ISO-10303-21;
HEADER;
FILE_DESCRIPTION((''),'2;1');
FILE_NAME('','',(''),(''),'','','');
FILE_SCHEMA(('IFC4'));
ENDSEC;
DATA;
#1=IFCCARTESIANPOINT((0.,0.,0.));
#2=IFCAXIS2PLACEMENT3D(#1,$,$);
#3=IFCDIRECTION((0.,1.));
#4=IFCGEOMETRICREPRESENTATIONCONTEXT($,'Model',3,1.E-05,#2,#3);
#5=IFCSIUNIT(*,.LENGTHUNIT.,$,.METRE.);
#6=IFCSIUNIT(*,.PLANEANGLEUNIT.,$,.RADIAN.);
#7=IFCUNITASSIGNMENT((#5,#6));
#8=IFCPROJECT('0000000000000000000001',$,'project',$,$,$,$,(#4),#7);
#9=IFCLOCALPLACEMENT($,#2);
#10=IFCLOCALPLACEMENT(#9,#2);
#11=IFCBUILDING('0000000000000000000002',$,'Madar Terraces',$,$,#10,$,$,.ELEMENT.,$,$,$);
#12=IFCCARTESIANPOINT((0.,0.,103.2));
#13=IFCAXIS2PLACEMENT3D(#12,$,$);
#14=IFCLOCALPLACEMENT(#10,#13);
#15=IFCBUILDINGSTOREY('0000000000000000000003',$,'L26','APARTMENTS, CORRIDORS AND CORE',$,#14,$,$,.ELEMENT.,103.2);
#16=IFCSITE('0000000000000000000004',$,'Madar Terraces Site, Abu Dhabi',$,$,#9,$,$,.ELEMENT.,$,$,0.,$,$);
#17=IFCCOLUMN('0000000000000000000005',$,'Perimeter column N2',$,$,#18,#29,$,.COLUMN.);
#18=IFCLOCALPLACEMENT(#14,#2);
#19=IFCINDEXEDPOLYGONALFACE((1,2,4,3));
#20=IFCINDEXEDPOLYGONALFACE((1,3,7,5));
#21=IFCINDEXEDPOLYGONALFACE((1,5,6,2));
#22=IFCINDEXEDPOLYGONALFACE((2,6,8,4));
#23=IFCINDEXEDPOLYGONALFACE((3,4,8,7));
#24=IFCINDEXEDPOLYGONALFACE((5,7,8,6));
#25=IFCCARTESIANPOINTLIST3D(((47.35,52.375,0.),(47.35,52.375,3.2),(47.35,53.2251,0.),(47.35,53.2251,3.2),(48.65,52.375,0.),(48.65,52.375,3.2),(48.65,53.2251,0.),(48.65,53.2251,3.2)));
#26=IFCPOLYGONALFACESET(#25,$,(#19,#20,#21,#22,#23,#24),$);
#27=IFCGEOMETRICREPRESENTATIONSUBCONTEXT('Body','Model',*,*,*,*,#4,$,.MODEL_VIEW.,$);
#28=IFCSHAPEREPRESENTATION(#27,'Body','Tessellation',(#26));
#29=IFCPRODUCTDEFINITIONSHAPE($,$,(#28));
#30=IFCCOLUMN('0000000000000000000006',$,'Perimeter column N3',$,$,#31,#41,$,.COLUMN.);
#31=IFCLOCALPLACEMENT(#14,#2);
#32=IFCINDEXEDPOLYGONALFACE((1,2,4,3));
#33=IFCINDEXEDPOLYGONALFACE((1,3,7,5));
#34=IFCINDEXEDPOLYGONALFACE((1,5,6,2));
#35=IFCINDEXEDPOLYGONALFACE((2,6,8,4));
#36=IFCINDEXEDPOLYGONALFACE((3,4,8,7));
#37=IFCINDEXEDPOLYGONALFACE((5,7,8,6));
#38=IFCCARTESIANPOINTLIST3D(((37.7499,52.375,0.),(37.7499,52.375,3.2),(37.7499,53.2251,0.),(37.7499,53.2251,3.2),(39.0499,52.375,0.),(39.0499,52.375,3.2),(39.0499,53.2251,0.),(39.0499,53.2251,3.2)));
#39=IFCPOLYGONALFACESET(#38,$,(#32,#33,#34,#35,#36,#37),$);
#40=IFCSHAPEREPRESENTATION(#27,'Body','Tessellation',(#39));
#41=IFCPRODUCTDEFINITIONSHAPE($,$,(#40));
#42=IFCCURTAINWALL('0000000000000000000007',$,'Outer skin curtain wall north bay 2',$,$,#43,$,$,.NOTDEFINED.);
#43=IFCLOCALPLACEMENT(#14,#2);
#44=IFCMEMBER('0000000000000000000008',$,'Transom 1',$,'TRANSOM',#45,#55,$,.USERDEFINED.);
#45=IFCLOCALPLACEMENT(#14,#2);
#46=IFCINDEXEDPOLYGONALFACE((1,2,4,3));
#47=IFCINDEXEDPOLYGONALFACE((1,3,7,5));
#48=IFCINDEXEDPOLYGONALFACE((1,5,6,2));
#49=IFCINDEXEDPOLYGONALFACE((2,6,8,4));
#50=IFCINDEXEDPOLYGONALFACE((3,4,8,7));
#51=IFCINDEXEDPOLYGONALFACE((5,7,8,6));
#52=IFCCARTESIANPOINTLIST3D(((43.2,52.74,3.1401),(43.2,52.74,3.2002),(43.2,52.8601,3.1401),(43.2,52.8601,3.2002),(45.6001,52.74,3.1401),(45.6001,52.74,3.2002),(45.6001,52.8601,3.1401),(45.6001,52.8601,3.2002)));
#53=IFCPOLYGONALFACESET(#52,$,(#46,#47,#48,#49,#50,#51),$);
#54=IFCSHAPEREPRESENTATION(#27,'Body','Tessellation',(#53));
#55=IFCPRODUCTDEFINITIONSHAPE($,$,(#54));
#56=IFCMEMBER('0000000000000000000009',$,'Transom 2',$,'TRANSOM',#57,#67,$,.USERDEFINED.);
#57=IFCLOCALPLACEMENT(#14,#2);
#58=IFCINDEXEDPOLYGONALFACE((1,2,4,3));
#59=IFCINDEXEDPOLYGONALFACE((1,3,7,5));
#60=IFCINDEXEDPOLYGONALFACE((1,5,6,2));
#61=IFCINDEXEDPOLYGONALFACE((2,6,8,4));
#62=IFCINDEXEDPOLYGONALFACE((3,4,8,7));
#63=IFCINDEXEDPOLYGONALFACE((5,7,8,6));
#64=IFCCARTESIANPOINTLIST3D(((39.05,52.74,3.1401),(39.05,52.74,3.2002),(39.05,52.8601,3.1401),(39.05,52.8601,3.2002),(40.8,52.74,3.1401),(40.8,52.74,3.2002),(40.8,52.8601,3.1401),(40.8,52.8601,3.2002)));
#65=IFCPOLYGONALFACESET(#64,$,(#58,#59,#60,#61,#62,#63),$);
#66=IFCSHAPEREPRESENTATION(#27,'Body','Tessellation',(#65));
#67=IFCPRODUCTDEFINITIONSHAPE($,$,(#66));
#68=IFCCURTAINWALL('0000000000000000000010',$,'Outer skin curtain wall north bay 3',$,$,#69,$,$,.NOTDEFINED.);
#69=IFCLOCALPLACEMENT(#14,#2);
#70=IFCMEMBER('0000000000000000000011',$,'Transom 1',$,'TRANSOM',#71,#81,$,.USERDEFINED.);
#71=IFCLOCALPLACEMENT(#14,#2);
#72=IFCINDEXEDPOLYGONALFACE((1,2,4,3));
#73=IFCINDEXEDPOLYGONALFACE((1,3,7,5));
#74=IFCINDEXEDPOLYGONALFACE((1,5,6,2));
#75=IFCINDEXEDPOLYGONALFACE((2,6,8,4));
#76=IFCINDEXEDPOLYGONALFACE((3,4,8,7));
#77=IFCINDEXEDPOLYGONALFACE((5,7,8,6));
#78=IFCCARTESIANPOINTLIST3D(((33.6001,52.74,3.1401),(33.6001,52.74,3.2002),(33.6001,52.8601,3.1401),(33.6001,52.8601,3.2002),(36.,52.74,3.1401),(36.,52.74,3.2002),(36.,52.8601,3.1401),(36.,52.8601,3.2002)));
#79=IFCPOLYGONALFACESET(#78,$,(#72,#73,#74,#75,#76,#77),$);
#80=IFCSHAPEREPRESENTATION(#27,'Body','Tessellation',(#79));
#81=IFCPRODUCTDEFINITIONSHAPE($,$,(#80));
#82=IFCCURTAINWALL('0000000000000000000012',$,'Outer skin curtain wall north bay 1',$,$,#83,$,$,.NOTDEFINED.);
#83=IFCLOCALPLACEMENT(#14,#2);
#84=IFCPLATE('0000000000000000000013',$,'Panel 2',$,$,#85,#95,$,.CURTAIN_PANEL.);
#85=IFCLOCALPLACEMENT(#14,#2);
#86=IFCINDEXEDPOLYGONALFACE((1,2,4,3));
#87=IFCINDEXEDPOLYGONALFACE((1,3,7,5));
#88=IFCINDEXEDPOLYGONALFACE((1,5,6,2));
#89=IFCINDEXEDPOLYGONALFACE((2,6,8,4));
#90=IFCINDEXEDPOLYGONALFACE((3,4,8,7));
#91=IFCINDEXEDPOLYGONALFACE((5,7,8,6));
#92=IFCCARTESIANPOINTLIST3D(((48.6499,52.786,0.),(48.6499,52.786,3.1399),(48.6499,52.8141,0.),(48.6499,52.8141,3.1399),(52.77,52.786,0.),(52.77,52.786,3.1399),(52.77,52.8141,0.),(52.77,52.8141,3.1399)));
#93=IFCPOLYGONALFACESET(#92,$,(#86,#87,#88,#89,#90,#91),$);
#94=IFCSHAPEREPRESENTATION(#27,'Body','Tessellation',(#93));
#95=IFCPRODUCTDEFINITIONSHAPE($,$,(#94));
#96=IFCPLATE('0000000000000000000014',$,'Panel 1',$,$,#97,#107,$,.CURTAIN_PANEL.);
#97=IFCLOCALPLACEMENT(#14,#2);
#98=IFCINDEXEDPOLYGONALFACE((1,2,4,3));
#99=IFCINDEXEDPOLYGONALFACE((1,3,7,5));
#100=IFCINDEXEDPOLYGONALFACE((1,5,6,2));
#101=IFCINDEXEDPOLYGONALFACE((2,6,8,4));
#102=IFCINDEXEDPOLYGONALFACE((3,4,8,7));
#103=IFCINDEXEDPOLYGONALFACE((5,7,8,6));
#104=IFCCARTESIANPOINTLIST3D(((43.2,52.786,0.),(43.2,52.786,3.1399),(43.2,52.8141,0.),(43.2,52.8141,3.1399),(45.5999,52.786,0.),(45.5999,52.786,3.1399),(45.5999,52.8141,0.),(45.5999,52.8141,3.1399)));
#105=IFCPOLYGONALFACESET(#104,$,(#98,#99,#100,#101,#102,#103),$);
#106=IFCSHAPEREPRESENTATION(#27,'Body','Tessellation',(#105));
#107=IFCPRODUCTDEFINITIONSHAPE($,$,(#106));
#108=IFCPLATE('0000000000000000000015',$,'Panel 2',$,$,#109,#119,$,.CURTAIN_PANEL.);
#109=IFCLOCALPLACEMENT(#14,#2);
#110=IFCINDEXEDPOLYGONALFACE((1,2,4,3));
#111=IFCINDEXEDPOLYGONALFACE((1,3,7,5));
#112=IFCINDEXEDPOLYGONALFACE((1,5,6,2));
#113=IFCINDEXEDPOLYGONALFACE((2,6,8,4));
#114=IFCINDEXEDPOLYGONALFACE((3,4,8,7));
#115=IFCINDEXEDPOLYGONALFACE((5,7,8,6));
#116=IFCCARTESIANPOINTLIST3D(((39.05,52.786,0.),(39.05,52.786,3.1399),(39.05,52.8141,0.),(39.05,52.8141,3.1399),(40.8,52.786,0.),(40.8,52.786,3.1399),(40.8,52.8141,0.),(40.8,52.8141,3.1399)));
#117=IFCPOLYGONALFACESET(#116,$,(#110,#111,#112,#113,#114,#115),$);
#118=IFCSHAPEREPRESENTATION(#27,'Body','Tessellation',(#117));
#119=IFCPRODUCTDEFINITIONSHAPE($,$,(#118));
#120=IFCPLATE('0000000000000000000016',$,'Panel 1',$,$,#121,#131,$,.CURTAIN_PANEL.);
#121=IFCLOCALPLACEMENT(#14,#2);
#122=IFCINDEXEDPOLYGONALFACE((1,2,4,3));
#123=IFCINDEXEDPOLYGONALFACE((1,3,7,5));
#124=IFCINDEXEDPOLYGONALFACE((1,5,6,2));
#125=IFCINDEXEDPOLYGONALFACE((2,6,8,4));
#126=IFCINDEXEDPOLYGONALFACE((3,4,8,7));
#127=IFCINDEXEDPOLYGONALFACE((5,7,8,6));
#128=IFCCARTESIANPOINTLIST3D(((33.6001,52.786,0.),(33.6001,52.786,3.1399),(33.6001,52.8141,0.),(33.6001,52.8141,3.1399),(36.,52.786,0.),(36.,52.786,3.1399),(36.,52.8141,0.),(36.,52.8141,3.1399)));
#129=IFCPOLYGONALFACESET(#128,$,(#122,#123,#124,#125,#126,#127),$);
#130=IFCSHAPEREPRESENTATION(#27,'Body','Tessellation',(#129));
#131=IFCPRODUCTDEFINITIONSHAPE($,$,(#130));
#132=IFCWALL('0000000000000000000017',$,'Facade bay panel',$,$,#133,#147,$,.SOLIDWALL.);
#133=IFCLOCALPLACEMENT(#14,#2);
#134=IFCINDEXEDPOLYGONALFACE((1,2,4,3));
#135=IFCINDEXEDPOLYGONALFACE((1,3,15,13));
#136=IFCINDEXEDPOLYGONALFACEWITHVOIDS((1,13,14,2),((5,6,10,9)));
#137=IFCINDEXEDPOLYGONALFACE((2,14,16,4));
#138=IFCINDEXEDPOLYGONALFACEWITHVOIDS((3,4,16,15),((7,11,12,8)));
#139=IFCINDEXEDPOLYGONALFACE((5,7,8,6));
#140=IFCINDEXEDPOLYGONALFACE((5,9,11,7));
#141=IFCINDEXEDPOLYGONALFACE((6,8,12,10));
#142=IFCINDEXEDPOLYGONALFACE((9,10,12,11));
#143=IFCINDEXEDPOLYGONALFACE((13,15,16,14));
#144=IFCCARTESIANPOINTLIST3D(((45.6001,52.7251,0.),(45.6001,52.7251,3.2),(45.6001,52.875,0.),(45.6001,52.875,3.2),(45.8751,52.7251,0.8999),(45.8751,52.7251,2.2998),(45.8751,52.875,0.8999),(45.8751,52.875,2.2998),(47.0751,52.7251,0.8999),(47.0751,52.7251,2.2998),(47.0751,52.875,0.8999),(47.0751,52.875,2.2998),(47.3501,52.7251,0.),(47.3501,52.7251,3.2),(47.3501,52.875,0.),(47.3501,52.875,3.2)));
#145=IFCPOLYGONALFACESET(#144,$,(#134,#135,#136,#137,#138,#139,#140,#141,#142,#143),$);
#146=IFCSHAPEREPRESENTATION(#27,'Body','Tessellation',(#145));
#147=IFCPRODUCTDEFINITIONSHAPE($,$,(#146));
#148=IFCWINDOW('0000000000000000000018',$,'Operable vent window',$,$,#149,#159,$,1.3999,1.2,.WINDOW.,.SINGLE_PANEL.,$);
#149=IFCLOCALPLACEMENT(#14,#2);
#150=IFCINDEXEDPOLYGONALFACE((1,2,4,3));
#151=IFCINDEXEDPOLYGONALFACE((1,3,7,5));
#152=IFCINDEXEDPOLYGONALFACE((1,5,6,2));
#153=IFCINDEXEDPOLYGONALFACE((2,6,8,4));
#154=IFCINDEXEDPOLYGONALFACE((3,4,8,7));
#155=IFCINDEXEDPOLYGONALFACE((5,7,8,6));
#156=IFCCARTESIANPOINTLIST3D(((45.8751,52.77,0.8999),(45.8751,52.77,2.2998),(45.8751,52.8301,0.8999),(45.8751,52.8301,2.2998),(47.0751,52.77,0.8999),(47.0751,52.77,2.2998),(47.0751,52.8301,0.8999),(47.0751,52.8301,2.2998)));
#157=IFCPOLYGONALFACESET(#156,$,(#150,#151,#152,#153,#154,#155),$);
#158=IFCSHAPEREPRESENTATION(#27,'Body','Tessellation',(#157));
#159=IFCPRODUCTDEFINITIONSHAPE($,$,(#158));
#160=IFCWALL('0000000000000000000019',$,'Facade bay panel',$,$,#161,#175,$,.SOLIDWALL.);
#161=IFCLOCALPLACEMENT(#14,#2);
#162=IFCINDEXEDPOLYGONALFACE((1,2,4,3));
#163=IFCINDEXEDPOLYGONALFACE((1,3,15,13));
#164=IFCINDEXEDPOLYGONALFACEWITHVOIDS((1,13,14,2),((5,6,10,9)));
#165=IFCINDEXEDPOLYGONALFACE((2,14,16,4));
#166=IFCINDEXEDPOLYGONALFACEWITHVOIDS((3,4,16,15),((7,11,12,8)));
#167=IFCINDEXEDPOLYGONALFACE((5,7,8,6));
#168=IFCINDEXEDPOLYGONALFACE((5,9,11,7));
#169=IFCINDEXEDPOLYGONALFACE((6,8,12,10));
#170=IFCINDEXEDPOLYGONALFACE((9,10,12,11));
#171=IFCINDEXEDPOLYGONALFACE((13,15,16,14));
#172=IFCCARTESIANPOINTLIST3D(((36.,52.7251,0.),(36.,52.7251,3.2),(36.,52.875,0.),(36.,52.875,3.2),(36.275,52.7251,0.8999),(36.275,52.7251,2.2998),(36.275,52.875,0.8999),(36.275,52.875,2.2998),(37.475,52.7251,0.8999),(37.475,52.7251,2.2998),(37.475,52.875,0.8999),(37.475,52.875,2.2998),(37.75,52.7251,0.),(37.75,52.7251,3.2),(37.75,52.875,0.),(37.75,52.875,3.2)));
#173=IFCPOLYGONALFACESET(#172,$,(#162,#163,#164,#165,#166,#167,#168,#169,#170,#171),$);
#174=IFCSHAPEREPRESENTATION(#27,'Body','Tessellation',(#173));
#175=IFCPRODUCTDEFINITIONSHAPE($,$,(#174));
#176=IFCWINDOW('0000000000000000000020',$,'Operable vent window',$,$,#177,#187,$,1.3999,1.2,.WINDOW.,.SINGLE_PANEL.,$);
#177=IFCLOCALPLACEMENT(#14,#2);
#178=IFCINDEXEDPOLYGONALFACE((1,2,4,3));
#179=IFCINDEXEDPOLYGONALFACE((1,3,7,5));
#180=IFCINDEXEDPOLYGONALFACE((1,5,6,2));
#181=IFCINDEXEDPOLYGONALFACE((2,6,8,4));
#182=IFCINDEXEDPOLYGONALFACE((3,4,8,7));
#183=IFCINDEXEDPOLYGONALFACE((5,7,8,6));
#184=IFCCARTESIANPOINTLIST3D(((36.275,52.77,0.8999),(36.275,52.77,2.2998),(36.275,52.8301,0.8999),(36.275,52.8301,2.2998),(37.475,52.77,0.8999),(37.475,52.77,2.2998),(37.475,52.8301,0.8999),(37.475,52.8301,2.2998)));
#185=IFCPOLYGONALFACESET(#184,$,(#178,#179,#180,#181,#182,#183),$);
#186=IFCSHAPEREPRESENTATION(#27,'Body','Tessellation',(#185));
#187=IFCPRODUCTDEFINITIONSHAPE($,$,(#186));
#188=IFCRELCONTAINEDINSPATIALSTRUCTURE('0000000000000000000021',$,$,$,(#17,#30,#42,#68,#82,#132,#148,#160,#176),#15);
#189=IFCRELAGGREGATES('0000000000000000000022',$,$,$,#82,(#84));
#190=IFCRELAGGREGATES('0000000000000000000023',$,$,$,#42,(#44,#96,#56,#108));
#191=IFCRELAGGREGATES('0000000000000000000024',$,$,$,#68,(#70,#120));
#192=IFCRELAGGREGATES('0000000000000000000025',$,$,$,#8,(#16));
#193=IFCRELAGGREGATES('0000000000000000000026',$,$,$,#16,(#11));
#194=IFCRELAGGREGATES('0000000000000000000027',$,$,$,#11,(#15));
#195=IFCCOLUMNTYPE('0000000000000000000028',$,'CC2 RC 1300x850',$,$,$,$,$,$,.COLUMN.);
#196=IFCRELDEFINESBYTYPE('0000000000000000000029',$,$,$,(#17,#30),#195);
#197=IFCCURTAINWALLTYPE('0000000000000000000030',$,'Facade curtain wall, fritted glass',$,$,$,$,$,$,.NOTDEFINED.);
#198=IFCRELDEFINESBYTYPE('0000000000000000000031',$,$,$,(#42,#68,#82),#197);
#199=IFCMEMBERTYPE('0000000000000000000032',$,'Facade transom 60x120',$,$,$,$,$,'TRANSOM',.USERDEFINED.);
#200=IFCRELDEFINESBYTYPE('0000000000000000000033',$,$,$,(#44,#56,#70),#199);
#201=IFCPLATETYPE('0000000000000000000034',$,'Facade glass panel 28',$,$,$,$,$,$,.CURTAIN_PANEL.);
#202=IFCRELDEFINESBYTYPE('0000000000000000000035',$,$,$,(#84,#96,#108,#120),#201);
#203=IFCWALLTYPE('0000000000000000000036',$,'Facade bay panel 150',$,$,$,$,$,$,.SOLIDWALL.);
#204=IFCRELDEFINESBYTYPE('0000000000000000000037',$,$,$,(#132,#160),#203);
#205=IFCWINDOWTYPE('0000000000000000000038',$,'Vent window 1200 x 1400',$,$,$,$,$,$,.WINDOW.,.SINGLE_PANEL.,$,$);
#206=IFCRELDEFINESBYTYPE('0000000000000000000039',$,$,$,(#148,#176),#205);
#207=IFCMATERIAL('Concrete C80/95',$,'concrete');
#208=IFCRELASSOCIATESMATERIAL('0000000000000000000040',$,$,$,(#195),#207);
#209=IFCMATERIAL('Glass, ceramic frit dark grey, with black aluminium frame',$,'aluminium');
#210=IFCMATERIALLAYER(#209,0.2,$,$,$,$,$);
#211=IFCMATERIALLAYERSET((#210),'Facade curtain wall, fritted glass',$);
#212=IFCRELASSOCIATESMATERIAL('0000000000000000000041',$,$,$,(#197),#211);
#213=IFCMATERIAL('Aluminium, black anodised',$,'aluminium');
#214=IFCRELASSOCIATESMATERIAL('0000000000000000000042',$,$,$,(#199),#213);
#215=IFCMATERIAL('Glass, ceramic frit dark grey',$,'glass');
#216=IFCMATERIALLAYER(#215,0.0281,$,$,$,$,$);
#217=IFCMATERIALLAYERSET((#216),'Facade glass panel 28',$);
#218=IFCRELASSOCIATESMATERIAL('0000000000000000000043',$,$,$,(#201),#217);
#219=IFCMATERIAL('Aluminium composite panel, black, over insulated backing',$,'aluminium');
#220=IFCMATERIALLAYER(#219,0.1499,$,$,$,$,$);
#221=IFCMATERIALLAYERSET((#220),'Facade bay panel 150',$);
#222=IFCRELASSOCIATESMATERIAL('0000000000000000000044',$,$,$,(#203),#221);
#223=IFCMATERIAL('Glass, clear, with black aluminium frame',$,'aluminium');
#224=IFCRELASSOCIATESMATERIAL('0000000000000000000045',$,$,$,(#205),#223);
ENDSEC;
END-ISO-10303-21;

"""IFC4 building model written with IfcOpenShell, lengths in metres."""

from ifc_helpers import new_model, si_unit, direction, frame, frame_2d, origin, origin_2d, place, context, subcontext, project, spatial, rectangle, extrude, material, layer, layer_set, material_profile, profile_set, type_object, element, fill, aggregate, save


model = new_model("IFC4")

# Units and contexts
model_context = context("Model", 3, precision=1e-05, world=origin(), true_north=direction((0.0, 1.0)))
body_context = subcontext(model_context, "Body", "Model", "MODEL_VIEW")
ifc_project = project(units=[si_unit("LENGTHUNIT", "METRE"), si_unit("PLANEANGLEUNIT", "RADIAN")], contexts=[model_context])

# Site, building, storey
site_placement = place(None, origin())
site = spatial("IfcSite", under=ifc_project, at=site_placement, Name="Madar Terraces Site, Abu Dhabi", CompositionType="ELEMENT", RefElevation=0.0)
building_placement = place(site_placement, origin())
building = spatial("IfcBuilding", under=site, at=building_placement, Name="Madar Terraces", CompositionType="ELEMENT")
storey_placement = place(building_placement, frame((0.0, 0.0, 103.2)))
storey = spatial("IfcBuildingStorey", under=building, at=storey_placement, Name="L26", Description="APARTMENTS, CORRIDORS AND CORE", CompositionType="ELEMENT", Elevation=103.2)

# Columns
ifc_material_1 = material(Name="Concrete C80/95", Category="concrete")
ifc_material_profile_1 = material_profile(ifc_material_1, rectangle(XDim=1.3, YDim=0.8501, at=origin_2d()), Name="CC2 RC 1300x850")
ifc_profile_set_1 = profile_set([ifc_material_profile_1], Name="Concrete C80/95")
column_type = type_object("IfcColumnType", Name="CC2 RC 1300x850", PredefinedType="COLUMN", material=ifc_profile_set_1)
for number, where, z_axis, x_axis, name in (
    (1, (48.0, 52.8, 0.0), (0.0, 0.0, 1.0), (1.0, 0.0, 0.0), "Perimeter column N2"),
    (2, (38.3999, 52.8, 0.0), (0.0, 0.0, 1.0), (1.0, 0.0, 0.0), "Perimeter column N3"),
):
    element("IfcColumn", number, at=place(storey_placement, frame(where, z_axis=z_axis, x_axis=x_axis)), inside=storey, type_object=column_type, Name=name, PredefinedType="COLUMN", context=body_context, shape_type="SweptSolid", body=[
        extrude(rectangle(XDim=1.3, YDim=0.8501, at=origin_2d()), origin(), (0.0, 0.0, 1.0), 3.2),
    ])

# Curtain wall, members
ifc_material_2 = material(Name="Glass, ceramic frit dark grey, with black aluminium frame", Category="aluminium")
ifc_layer_1 = layer(ifc_material_2, 0.2)
ifc_layer_set_1 = layer_set([ifc_layer_1], Name="Facade curtain wall, fritted glass")
curtain_wall_type = type_object("IfcCurtainWallType", Name="Facade curtain wall, fritted glass", PredefinedType="NOTDEFINED", material=ifc_layer_set_1)
curtain_wall_1_placement = place(storey_placement, origin())
curtain_wall_1 = element("IfcCurtainWall", 3, at=curtain_wall_1_placement, inside=storey, type_object=curtain_wall_type, Name="Outer skin curtain wall north bay 2", PredefinedType="NOTDEFINED")
ifc_material_3 = material(Name="Aluminium, black anodised", Category="aluminium")
ifc_material_profile_2 = material_profile(ifc_material_3, rectangle(XDim=0.1201, YDim=0.0601, at=origin_2d()), Name="Facade transom 60x120")
ifc_profile_set_2 = profile_set([ifc_material_profile_2], Name="Aluminium, black anodised")
member_type = type_object("IfcMemberType", Name="Facade transom 60x120", ElementType="TRANSOM", PredefinedType="USERDEFINED", material=ifc_profile_set_2)
member_1_placement = place(storey_placement, frame((45.6001, 52.8, 3.1702), z_axis=(-1.0, 0.0, 0.0), x_axis=(0.0, -1.0, 0.0)))
member_1 = element("IfcMember", 4, at=member_1_placement, type_object=member_type, Name="Transom 1", ObjectType="TRANSOM", PredefinedType="USERDEFINED", context=body_context, shape_type="SweptSolid", body=[
    extrude(rectangle(XDim=0.1201, YDim=0.0601, at=origin_2d()), origin(), (0.0, 0.0, 1.0), 2.4001),
])
member_2_placement = place(storey_placement, frame((40.8, 52.8, 3.1702), z_axis=(-1.0, 0.0, 0.0), x_axis=(0.0, -1.0, 0.0)))
member_2 = element("IfcMember", 5, at=member_2_placement, type_object=member_type, Name="Transom 2", ObjectType="TRANSOM", PredefinedType="USERDEFINED", context=body_context, shape_type="SweptSolid", body=[
    extrude(rectangle(XDim=0.1201, YDim=0.0601, at=origin_2d()), origin(), (0.0, 0.0, 1.0), 1.75),
])

# Curtain wall, member
curtain_wall_2_placement = place(storey_placement, origin())
curtain_wall_2 = element("IfcCurtainWall", 6, at=curtain_wall_2_placement, inside=storey, type_object=curtain_wall_type, Name="Outer skin curtain wall north bay 3", PredefinedType="NOTDEFINED")
member_3_placement = place(storey_placement, frame((36.0, 52.8, 3.1702), z_axis=(-1.0, 0.0, 0.0), x_axis=(0.0, -1.0, 0.0)))
member_3 = element("IfcMember", 7, at=member_3_placement, type_object=member_type, Name="Transom 1", ObjectType="TRANSOM", PredefinedType="USERDEFINED", context=body_context, shape_type="SweptSolid", body=[
    extrude(rectangle(XDim=0.1201, YDim=0.0601, at=origin_2d()), origin(), (0.0, 0.0, 1.0), 2.3999),
])

# Curtain wall, plate
curtain_wall_3_placement = place(storey_placement, origin())
curtain_wall_3 = element("IfcCurtainWall", 8, at=curtain_wall_3_placement, inside=storey, type_object=curtain_wall_type, Name="Outer skin curtain wall north bay 1", PredefinedType="NOTDEFINED")
ifc_material_4 = material(Name="Glass, ceramic frit dark grey", Category="glass")
ifc_layer_2 = layer(ifc_material_4, 0.0281)
ifc_layer_set_2 = layer_set([ifc_layer_2], Name="Facade glass panel 28")
plate_type = type_object("IfcPlateType", Name="Facade glass panel 28", PredefinedType="CURTAIN_PANEL", material=ifc_layer_set_2)
plate_1_placement = place(storey_placement, frame((50.71, 52.8, 0.0), z_axis=(0.0, 0.0, 1.0), x_axis=(-1.0, 0.0, 0.0)))
plate_1 = element("IfcPlate", 9, at=plate_1_placement, type_object=plate_type, Name="Panel 2", PredefinedType="CURTAIN_PANEL", context=body_context, shape_type="SweptSolid", body=[
    extrude(rectangle(XDim=4.1201, YDim=0.0281, at=origin_2d()), origin(), (0.0, 0.0, 1.0), 3.1399),
])
aggregate(curtain_wall_3, [plate_1])

# Plates
plate_2_placement = place(storey_placement, frame((44.3999, 52.8, 0.0), z_axis=(0.0, 0.0, 1.0), x_axis=(-1.0, 0.0, 0.0)))
plate_2 = element("IfcPlate", 10, at=plate_2_placement, type_object=plate_type, Name="Panel 1", PredefinedType="CURTAIN_PANEL", context=body_context, shape_type="SweptSolid", body=[
    extrude(rectangle(XDim=2.3999, YDim=0.0281, at=origin_2d()), origin(), (0.0, 0.0, 1.0), 3.1399),
])
plate_3_placement = place(storey_placement, frame((39.925, 52.8, 0.0), z_axis=(0.0, 0.0, 1.0), x_axis=(-1.0, 0.0, 0.0)))
plate_3 = element("IfcPlate", 11, at=plate_3_placement, type_object=plate_type, Name="Panel 2", PredefinedType="CURTAIN_PANEL", context=body_context, shape_type="SweptSolid", body=[
    extrude(rectangle(XDim=1.75, YDim=0.0281, at=origin_2d()), origin(), (0.0, 0.0, 1.0), 3.1399),
])
aggregate(curtain_wall_1, [member_1, plate_2, member_2, plate_3])
plate_4_placement = place(storey_placement, frame((34.8, 52.8, 0.0), z_axis=(0.0, 0.0, 1.0), x_axis=(-1.0, 0.0, 0.0)))
plate_4 = element("IfcPlate", 12, at=plate_4_placement, type_object=plate_type, Name="Panel 1", PredefinedType="CURTAIN_PANEL", context=body_context, shape_type="SweptSolid", body=[
    extrude(rectangle(XDim=2.3999, YDim=0.0281, at=origin_2d()), origin(), (0.0, 0.0, 1.0), 3.1399),
])
aggregate(curtain_wall_2, [member_3, plate_4])

# Wall, opening, window
ifc_material_5 = material(Name="Aluminium composite panel, black, over insulated backing", Category="aluminium")
ifc_layer_3 = layer(ifc_material_5, 0.1499)
ifc_layer_set_3 = layer_set([ifc_layer_3], Name="Facade bay panel 150")
wall_type_1 = type_object("IfcWallType", Name="Facade bay panel 150", PredefinedType="SOLIDWALL", material=ifc_layer_set_3)
wall_1_placement = place(storey_placement, frame((47.3501, 52.8, 0.0), z_axis=(0.0, 0.0, 1.0), x_axis=(-1.0, 0.0, 0.0)))
wall_1 = element("IfcWall", 13, at=wall_1_placement, inside=storey, type_object=wall_type_1, Name="Facade bay panel", PredefinedType="SOLIDWALL", context=body_context, shape_type="SweptSolid", body=[
    extrude(rectangle(XDim=1.75, YDim=0.1499, at=frame_2d((0.875, 0.0))), origin(), (0.0, 0.0, 1.0), 3.2),
])
opening_1_placement = place(wall_1_placement, frame((0.2749, 0.0, 0.8999)))
opening_1 = element("IfcOpeningElement", 14, at=opening_1_placement, cuts=wall_1, PredefinedType="OPENING", context=body_context, shape_type="SweptSolid", body=[
    extrude(rectangle(XDim=1.2, YDim=1.3999, at=frame_2d((0.6001, 0.7))), frame((0.0, 0.085, 0.0), z_axis=(0.0, -1.0, 0.0), x_axis=(1.0, 0.0, 0.0)), (0.0, 0.0, 1.0), 0.1699),
])
ifc_material_6 = material(Name="Glass, clear, with black aluminium frame", Category="aluminium")
window_type = type_object("IfcWindowType", Name="Vent window 1200 x 1400", PartitioningType="SINGLE_PANEL", PredefinedType="WINDOW", material=ifc_material_6)
window_1_placement = place(opening_1_placement, origin())
window_1 = element("IfcWindow", 15, at=window_1_placement, inside=storey, type_object=window_type, Name="Operable vent window", OverallHeight=1.3999, OverallWidth=1.2, PartitioningType="SINGLE_PANEL", PredefinedType="WINDOW", context=body_context, shape_type="SweptSolid", body=[
    extrude(rectangle(XDim=1.2, YDim=1.3999, at=frame_2d((0.6001, 0.7))), frame((0.0, 0.03, 0.0), z_axis=(0.0, -1.0, 0.0), x_axis=(1.0, 0.0, 0.0)), (0.0, 0.0, 1.0), 0.0601),
])
fill(opening_1, window_1)

# Wall, opening, window
wall_2_placement = place(storey_placement, frame((37.75, 52.8, 0.0), z_axis=(0.0, 0.0, 1.0), x_axis=(-1.0, 0.0, 0.0)))
wall_2 = element("IfcWall", 16, at=wall_2_placement, inside=storey, type_object=wall_type_1, Name="Facade bay panel", PredefinedType="SOLIDWALL", context=body_context, shape_type="SweptSolid", body=[
    extrude(rectangle(XDim=1.75, YDim=0.1499, at=frame_2d((0.875, 0.0))), origin(), (0.0, 0.0, 1.0), 3.2),
])
opening_2_placement = place(wall_2_placement, frame((0.2749, 0.0, 0.8999)))
opening_2 = element("IfcOpeningElement", 17, at=opening_2_placement, cuts=wall_2, PredefinedType="OPENING", context=body_context, shape_type="SweptSolid", body=[
    extrude(rectangle(XDim=1.2, YDim=1.3999, at=frame_2d((0.6001, 0.7))), frame((0.0, 0.085, 0.0), z_axis=(0.0, -1.0, 0.0), x_axis=(1.0, 0.0, 0.0)), (0.0, 0.0, 1.0), 0.1699),
])
window_2_placement = place(opening_2_placement, origin())
window_2 = element("IfcWindow", 18, at=window_2_placement, inside=storey, type_object=window_type, Name="Operable vent window", OverallHeight=1.3999, OverallWidth=1.2, PartitioningType="SINGLE_PANEL", PredefinedType="WINDOW", context=body_context, shape_type="SweptSolid", body=[
    extrude(rectangle(XDim=1.2, YDim=1.3999, at=frame_2d((0.6001, 0.7))), frame((0.0, 0.03, 0.0), z_axis=(0.0, -1.0, 0.0), x_axis=(1.0, 0.0, 0.0)), (0.0, 0.0, 1.0), 0.0601),
])
fill(opening_2, window_2)

save(model, "model.ifc")
